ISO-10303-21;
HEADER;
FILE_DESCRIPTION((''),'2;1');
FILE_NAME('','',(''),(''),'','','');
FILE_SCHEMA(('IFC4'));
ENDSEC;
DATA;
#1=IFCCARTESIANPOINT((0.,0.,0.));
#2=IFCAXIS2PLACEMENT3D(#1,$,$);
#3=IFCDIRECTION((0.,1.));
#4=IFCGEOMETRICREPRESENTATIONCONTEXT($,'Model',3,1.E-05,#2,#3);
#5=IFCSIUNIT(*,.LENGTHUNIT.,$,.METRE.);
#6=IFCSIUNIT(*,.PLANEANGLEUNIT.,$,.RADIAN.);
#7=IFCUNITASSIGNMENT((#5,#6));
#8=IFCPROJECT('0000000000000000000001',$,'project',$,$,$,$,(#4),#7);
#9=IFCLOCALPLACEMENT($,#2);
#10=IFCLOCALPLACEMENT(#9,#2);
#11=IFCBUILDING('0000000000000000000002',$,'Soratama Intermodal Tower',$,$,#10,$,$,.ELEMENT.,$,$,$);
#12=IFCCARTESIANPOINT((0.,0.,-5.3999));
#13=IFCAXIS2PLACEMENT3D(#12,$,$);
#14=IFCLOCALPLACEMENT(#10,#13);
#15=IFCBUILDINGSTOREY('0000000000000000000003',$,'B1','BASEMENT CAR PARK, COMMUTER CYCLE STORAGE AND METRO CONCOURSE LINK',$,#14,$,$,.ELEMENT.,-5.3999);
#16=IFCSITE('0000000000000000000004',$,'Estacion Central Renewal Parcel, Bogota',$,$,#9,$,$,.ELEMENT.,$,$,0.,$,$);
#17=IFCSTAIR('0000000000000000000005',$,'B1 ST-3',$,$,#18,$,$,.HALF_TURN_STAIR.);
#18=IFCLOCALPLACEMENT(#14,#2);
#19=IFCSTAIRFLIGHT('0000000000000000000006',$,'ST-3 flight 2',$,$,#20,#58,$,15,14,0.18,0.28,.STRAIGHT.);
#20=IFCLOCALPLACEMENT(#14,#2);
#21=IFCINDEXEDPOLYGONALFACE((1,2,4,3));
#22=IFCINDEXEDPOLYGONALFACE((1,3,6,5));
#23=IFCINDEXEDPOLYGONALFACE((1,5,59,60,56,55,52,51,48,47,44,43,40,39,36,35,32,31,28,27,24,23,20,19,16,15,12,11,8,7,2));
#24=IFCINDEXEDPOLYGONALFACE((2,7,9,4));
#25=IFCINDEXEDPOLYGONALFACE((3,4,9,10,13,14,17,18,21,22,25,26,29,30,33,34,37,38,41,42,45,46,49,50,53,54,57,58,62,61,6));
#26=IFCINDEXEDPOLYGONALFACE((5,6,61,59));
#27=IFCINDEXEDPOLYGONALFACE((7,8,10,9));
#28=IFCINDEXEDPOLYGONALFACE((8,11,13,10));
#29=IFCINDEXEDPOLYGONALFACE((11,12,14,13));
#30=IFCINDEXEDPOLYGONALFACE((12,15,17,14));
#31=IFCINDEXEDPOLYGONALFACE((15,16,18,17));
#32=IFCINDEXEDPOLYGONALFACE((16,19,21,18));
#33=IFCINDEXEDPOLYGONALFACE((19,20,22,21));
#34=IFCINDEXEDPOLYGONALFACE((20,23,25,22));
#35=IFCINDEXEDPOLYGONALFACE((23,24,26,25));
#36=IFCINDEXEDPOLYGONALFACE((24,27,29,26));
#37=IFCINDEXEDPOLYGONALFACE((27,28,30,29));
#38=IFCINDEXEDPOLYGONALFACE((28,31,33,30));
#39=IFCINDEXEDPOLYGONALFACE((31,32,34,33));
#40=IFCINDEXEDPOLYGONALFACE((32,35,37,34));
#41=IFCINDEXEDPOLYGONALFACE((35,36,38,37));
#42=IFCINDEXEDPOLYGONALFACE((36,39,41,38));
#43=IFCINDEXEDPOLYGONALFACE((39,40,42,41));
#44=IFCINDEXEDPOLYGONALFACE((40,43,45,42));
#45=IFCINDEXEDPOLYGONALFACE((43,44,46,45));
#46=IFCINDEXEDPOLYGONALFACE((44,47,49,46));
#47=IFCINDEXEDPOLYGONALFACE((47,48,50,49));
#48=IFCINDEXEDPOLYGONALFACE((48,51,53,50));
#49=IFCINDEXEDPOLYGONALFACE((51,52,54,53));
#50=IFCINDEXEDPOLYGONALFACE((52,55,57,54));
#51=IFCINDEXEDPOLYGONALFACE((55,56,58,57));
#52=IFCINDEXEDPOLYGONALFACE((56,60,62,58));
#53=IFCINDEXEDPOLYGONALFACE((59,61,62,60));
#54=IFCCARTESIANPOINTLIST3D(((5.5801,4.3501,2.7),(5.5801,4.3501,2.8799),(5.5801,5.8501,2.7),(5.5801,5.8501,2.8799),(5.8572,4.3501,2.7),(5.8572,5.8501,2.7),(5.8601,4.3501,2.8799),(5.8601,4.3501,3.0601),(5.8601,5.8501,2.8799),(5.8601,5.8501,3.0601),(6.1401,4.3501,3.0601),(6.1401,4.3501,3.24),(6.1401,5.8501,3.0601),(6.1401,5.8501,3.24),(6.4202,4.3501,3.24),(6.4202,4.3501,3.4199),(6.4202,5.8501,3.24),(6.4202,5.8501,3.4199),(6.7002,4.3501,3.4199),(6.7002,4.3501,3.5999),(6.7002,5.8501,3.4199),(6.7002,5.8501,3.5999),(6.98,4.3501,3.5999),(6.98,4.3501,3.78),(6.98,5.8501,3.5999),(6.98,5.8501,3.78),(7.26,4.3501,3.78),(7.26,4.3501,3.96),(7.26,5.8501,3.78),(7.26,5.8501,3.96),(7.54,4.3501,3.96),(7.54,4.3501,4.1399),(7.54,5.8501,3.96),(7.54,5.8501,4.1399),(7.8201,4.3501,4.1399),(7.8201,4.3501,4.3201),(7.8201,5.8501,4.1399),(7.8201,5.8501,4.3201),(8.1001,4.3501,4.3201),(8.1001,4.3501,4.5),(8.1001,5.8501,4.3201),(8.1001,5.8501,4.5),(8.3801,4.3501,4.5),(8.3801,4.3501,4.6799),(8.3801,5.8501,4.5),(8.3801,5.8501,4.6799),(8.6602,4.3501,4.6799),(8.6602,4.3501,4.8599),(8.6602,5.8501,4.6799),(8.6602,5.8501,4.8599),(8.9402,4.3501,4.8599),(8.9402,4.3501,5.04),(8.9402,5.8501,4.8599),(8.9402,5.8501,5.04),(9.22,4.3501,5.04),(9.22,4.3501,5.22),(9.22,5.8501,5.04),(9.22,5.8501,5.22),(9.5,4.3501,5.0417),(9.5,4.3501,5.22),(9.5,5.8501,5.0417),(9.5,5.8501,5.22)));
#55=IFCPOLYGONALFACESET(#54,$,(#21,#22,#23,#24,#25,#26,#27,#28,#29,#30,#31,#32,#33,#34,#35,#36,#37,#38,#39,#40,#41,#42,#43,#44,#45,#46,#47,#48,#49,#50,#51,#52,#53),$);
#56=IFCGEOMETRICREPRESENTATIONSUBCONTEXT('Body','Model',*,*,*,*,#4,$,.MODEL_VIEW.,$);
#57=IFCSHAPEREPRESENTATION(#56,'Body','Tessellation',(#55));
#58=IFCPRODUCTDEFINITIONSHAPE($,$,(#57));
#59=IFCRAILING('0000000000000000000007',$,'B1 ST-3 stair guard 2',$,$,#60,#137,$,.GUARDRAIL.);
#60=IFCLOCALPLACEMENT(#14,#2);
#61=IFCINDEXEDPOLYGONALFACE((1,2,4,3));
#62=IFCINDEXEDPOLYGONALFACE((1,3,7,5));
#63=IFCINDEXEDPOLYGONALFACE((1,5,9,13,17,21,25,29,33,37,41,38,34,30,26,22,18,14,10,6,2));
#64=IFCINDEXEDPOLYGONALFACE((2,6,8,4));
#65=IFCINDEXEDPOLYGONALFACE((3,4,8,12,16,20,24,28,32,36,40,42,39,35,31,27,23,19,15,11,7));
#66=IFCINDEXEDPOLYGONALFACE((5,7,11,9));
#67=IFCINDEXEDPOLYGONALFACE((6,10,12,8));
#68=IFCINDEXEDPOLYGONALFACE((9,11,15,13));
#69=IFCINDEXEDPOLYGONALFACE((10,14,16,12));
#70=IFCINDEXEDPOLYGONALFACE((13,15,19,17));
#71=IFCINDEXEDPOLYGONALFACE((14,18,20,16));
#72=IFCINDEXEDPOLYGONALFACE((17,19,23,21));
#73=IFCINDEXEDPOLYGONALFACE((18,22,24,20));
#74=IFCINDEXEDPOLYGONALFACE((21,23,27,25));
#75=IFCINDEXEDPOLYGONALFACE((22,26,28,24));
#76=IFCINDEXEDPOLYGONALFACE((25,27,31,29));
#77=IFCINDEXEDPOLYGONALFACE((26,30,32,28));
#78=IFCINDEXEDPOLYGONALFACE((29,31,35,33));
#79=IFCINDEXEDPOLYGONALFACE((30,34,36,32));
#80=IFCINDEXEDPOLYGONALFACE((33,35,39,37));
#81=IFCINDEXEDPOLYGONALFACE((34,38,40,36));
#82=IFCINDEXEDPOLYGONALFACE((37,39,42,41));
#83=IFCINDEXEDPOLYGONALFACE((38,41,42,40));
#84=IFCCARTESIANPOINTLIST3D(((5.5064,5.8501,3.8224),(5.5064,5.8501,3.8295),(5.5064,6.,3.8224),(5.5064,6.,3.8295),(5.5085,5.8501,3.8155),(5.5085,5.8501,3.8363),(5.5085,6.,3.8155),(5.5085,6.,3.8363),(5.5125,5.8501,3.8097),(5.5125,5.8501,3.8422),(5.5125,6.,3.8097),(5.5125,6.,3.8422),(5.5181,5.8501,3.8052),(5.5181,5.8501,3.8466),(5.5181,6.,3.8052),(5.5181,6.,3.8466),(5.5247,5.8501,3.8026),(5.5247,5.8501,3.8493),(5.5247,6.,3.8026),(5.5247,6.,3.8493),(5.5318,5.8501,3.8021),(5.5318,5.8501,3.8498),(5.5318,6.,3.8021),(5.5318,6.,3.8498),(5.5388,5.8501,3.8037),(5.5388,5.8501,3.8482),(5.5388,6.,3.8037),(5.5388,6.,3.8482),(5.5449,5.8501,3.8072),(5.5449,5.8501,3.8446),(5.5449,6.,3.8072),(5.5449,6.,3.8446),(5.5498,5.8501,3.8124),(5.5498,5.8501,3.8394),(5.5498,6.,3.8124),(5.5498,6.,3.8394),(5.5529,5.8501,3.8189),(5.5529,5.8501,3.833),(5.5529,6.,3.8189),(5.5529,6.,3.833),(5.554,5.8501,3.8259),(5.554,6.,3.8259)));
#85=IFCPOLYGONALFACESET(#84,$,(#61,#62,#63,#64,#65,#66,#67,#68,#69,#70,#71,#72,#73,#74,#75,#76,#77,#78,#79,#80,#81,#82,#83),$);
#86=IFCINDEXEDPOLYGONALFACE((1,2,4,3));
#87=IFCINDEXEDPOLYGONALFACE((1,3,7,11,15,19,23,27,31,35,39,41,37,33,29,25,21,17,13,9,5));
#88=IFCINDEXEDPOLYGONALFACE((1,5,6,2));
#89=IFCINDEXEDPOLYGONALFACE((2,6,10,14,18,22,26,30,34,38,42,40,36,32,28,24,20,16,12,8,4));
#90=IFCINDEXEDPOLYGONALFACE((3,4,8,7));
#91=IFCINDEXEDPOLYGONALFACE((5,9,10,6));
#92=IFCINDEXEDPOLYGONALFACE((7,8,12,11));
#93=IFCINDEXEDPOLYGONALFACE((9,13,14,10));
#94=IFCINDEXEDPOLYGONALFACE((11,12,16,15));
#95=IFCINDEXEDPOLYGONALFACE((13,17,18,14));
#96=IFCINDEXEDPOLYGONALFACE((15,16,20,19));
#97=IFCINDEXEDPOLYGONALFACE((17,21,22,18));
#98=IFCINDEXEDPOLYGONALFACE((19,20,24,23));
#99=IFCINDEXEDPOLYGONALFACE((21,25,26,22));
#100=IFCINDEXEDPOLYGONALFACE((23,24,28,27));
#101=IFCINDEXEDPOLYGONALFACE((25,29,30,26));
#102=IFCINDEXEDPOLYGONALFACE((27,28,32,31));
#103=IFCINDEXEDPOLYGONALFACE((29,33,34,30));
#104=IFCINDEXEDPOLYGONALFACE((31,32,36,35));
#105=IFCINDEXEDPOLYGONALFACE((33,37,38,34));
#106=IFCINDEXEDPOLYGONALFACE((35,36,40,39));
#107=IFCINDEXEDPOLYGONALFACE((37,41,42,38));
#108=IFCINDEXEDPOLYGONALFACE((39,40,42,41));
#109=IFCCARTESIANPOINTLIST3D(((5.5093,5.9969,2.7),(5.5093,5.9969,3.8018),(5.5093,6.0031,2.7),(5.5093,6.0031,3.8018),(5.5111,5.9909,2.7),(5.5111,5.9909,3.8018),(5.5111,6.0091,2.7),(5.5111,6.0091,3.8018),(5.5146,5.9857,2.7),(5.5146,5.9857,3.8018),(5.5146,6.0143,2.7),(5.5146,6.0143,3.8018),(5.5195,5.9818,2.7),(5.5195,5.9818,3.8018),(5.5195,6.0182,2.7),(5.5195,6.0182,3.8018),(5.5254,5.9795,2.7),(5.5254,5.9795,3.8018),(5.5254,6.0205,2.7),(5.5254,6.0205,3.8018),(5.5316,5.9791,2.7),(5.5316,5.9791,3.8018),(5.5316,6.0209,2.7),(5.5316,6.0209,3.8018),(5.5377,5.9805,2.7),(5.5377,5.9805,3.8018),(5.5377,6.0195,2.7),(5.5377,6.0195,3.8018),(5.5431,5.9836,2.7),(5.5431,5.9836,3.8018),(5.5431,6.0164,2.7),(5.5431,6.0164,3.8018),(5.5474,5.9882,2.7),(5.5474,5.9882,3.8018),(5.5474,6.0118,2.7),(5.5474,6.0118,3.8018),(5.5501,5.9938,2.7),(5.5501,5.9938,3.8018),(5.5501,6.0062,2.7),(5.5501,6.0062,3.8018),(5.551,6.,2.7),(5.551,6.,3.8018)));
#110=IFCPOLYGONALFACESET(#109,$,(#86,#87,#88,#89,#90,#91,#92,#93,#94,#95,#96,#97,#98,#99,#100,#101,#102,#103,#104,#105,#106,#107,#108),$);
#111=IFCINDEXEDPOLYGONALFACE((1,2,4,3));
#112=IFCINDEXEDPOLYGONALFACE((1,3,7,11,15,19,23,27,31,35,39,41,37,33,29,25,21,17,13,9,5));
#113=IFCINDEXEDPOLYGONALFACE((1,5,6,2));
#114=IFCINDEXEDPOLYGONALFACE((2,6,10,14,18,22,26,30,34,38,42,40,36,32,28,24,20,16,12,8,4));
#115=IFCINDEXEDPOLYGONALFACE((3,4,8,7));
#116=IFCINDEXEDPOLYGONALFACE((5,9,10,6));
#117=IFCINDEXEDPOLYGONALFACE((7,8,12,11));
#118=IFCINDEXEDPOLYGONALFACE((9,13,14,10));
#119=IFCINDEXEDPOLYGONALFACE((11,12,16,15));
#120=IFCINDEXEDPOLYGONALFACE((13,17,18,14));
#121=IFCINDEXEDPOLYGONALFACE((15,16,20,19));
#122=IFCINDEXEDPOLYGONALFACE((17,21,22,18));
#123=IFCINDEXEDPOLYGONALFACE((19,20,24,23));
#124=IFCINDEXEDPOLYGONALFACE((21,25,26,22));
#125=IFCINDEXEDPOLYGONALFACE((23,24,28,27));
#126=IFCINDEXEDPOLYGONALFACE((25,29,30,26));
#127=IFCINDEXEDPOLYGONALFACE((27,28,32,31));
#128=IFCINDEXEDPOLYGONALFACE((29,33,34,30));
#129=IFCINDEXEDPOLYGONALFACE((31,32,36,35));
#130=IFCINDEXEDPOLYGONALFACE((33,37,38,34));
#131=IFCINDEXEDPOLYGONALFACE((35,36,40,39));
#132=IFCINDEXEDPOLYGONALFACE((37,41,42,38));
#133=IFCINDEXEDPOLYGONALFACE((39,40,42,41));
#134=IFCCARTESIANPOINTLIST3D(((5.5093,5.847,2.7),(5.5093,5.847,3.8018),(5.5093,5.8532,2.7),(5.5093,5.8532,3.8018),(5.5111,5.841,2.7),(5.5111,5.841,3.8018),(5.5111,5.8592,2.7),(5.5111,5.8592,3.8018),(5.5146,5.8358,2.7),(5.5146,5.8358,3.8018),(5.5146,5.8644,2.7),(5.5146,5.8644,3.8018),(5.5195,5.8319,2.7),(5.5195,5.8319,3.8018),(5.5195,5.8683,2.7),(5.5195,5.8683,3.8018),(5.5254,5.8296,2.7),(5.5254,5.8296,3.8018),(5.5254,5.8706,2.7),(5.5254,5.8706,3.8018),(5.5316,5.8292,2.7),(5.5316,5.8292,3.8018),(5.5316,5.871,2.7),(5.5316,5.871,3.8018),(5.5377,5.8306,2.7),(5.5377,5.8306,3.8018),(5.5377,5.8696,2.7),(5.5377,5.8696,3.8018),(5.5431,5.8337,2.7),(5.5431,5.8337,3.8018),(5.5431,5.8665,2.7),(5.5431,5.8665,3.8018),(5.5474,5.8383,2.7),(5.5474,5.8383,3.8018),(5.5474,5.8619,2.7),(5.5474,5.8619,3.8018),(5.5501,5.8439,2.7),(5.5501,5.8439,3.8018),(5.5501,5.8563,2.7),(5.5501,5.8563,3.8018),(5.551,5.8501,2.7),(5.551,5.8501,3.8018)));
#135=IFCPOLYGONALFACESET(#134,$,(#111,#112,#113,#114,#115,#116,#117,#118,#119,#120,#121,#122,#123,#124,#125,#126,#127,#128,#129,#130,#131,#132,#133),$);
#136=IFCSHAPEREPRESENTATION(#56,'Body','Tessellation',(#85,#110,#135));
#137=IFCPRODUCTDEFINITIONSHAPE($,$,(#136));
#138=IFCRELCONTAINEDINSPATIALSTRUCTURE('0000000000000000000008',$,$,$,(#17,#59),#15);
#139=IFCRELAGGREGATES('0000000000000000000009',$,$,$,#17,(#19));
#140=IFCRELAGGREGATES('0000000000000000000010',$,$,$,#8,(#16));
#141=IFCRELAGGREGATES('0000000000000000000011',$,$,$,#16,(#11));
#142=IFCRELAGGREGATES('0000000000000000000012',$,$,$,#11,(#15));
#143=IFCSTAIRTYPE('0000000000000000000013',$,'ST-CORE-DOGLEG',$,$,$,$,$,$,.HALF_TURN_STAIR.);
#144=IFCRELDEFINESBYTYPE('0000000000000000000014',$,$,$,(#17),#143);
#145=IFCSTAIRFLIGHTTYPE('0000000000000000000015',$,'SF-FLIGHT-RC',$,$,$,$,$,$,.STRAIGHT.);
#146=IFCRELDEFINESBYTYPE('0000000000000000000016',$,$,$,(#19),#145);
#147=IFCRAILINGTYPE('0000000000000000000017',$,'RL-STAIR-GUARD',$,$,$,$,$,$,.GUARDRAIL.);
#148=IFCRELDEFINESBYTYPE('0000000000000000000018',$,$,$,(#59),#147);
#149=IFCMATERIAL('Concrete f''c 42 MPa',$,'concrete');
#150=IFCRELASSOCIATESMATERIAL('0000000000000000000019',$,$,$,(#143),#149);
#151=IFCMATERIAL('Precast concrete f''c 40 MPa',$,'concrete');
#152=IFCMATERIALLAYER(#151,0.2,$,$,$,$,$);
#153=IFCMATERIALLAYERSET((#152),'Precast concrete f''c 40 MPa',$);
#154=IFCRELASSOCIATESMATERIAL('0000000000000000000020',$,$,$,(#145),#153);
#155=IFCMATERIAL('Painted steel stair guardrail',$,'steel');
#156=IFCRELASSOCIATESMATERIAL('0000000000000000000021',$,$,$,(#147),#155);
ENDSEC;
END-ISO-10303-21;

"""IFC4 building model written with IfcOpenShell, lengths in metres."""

from ifc_helpers import new_model, si_unit, direction, frame, origin, origin_2d, place, context, subcontext, project, spatial, polyline, circle, outline, extrude, material, layer, layer_set, type_object, element, aggregate, save


model = new_model("IFC4")

# Units and contexts
model_context = context("Model", 3, precision=1e-05, world=origin(), true_north=direction((0.0, 1.0)))
body_context = subcontext(model_context, "Body", "Model", "MODEL_VIEW")
ifc_project = project(units=[si_unit("LENGTHUNIT", "METRE"), si_unit("PLANEANGLEUNIT", "RADIAN")], contexts=[model_context])

# Site, building, storey
site_placement = place(None, origin())
site = spatial("IfcSite", under=ifc_project, at=site_placement, Name="Estacion Central Renewal Parcel, Bogota", CompositionType="ELEMENT", RefElevation=0.0)
building_placement = place(site_placement, origin())
building = spatial("IfcBuilding", under=site, at=building_placement, Name="Soratama Intermodal Tower", CompositionType="ELEMENT")
storey_placement = place(building_placement, frame((0.0, 0.0, -5.3999)))
storey = spatial("IfcBuildingStorey", under=building, at=storey_placement, Name="B1", Description="BASEMENT CAR PARK, COMMUTER CYCLE STORAGE AND METRO CONCOURSE LINK", CompositionType="ELEMENT", Elevation=-5.3999)

# Stair
ifc_material_1 = material(Name="Concrete f'c 42 MPa", Category="concrete")
stair_type = type_object("IfcStairType", Name="ST-CORE-DOGLEG", PredefinedType="HALF_TURN_STAIR", material=ifc_material_1)
stair_1_placement = place(storey_placement, origin())
stair_1 = element("IfcStair", 1, at=stair_1_placement, inside=storey, type_object=stair_type, Name="B1 ST-3", PredefinedType="HALF_TURN_STAIR")

# Stair flight
ifc_material_2 = material(Name="Precast concrete f'c 40 MPa", Category="concrete")
ifc_layer_1 = layer(ifc_material_2, 0.2)
ifc_layer_set_1 = layer_set([ifc_layer_1], Name="Precast concrete f'c 40 MPa")
stair_flight_type = type_object("IfcStairFlightType", Name="SF-FLIGHT-RC", PredefinedType="STRAIGHT", material=ifc_layer_set_1)
stair_flight_placement = place(storey_placement, frame((5.5801, 5.1001, 2.7), z_axis=(0.0, 0.0, 1.0), x_axis=(1.0, 0.0, 0.0)))
stair_flight = element("IfcStairFlight", 2, at=stair_flight_placement, type_object=stair_flight_type, Name="ST-3 flight 2", NumberOfRisers=15, NumberOfTreads=14, PredefinedType="STRAIGHT", RiserHeight=0.18, TreadLength=0.28, context=body_context, shape_type="SweptSolid", body=[
    extrude(outline(polyline([(0.0, 0.0), (0.0, 0.1799), (0.28, 0.1799), (0.28, 0.3601), (0.5601, 0.3601), (0.5601, 0.54), (0.8401, 0.54), (0.8401, 0.72), (1.1201, 0.72), (1.1201, 0.8999), (1.3999, 0.8999), (1.3999, 1.0801), (1.6799, 1.0801), (1.6799, 1.26), (1.96, 1.26), (1.96, 1.4399), (2.24, 1.4399), (2.24, 1.6201), (2.52, 1.6201), (2.52, 1.8), (2.8, 1.8), (2.8, 1.98), (3.0801, 1.98), (3.0801, 2.1599), (3.3601, 2.1599), (3.3601, 2.3401), (3.6399, 2.3401), (3.6399, 2.52), (3.9199, 2.52), (3.9199, 2.7), (3.9199, 2.3418), (0.2771, 0.0), (0.0, 0.0)])), frame((0.0, 0.75, 0.0), z_axis=(0.0, -1.0, 0.0), x_axis=(1.0, 0.0, 0.0)), (0.0, 0.0, 1.0), 1.5),
])
aggregate(stair_1, [stair_flight])

# Railing
ifc_material_3 = material(Name="Painted steel stair guardrail", Category="steel")
railing_type_1 = type_object("IfcRailingType", Name="RL-STAIR-GUARD", PredefinedType="GUARDRAIL", material=ifc_material_3)
railing_1_placement = place(storey_placement, frame((5.53, 6.0, 2.7)))
element("IfcRailing", 3, at=railing_1_placement, inside=storey, type_object=railing_type_1, Name="B1 ST-3 stair guard 2", PredefinedType="GUARDRAIL", context=body_context, shape_type="SweptSolid", body=[
    extrude(circle(Radius=0.0239, at=origin_2d()), frame((0.0, 0.0, 1.126), z_axis=(0.0, -1.0, 0.0), x_axis=(1.0, 0.0, 0.0)), (0.0, 0.0, 1.0), 0.1499),
    extrude(circle(Radius=0.021, at=origin_2d()), origin(), (0.0, 0.0, 1.0), 1.1018),
    extrude(circle(Radius=0.021, at=origin_2d()), frame((0.0, -0.1499, 0.0)), (0.0, 0.0, 1.0), 1.1018),
])

save(model, "model.ifc")
